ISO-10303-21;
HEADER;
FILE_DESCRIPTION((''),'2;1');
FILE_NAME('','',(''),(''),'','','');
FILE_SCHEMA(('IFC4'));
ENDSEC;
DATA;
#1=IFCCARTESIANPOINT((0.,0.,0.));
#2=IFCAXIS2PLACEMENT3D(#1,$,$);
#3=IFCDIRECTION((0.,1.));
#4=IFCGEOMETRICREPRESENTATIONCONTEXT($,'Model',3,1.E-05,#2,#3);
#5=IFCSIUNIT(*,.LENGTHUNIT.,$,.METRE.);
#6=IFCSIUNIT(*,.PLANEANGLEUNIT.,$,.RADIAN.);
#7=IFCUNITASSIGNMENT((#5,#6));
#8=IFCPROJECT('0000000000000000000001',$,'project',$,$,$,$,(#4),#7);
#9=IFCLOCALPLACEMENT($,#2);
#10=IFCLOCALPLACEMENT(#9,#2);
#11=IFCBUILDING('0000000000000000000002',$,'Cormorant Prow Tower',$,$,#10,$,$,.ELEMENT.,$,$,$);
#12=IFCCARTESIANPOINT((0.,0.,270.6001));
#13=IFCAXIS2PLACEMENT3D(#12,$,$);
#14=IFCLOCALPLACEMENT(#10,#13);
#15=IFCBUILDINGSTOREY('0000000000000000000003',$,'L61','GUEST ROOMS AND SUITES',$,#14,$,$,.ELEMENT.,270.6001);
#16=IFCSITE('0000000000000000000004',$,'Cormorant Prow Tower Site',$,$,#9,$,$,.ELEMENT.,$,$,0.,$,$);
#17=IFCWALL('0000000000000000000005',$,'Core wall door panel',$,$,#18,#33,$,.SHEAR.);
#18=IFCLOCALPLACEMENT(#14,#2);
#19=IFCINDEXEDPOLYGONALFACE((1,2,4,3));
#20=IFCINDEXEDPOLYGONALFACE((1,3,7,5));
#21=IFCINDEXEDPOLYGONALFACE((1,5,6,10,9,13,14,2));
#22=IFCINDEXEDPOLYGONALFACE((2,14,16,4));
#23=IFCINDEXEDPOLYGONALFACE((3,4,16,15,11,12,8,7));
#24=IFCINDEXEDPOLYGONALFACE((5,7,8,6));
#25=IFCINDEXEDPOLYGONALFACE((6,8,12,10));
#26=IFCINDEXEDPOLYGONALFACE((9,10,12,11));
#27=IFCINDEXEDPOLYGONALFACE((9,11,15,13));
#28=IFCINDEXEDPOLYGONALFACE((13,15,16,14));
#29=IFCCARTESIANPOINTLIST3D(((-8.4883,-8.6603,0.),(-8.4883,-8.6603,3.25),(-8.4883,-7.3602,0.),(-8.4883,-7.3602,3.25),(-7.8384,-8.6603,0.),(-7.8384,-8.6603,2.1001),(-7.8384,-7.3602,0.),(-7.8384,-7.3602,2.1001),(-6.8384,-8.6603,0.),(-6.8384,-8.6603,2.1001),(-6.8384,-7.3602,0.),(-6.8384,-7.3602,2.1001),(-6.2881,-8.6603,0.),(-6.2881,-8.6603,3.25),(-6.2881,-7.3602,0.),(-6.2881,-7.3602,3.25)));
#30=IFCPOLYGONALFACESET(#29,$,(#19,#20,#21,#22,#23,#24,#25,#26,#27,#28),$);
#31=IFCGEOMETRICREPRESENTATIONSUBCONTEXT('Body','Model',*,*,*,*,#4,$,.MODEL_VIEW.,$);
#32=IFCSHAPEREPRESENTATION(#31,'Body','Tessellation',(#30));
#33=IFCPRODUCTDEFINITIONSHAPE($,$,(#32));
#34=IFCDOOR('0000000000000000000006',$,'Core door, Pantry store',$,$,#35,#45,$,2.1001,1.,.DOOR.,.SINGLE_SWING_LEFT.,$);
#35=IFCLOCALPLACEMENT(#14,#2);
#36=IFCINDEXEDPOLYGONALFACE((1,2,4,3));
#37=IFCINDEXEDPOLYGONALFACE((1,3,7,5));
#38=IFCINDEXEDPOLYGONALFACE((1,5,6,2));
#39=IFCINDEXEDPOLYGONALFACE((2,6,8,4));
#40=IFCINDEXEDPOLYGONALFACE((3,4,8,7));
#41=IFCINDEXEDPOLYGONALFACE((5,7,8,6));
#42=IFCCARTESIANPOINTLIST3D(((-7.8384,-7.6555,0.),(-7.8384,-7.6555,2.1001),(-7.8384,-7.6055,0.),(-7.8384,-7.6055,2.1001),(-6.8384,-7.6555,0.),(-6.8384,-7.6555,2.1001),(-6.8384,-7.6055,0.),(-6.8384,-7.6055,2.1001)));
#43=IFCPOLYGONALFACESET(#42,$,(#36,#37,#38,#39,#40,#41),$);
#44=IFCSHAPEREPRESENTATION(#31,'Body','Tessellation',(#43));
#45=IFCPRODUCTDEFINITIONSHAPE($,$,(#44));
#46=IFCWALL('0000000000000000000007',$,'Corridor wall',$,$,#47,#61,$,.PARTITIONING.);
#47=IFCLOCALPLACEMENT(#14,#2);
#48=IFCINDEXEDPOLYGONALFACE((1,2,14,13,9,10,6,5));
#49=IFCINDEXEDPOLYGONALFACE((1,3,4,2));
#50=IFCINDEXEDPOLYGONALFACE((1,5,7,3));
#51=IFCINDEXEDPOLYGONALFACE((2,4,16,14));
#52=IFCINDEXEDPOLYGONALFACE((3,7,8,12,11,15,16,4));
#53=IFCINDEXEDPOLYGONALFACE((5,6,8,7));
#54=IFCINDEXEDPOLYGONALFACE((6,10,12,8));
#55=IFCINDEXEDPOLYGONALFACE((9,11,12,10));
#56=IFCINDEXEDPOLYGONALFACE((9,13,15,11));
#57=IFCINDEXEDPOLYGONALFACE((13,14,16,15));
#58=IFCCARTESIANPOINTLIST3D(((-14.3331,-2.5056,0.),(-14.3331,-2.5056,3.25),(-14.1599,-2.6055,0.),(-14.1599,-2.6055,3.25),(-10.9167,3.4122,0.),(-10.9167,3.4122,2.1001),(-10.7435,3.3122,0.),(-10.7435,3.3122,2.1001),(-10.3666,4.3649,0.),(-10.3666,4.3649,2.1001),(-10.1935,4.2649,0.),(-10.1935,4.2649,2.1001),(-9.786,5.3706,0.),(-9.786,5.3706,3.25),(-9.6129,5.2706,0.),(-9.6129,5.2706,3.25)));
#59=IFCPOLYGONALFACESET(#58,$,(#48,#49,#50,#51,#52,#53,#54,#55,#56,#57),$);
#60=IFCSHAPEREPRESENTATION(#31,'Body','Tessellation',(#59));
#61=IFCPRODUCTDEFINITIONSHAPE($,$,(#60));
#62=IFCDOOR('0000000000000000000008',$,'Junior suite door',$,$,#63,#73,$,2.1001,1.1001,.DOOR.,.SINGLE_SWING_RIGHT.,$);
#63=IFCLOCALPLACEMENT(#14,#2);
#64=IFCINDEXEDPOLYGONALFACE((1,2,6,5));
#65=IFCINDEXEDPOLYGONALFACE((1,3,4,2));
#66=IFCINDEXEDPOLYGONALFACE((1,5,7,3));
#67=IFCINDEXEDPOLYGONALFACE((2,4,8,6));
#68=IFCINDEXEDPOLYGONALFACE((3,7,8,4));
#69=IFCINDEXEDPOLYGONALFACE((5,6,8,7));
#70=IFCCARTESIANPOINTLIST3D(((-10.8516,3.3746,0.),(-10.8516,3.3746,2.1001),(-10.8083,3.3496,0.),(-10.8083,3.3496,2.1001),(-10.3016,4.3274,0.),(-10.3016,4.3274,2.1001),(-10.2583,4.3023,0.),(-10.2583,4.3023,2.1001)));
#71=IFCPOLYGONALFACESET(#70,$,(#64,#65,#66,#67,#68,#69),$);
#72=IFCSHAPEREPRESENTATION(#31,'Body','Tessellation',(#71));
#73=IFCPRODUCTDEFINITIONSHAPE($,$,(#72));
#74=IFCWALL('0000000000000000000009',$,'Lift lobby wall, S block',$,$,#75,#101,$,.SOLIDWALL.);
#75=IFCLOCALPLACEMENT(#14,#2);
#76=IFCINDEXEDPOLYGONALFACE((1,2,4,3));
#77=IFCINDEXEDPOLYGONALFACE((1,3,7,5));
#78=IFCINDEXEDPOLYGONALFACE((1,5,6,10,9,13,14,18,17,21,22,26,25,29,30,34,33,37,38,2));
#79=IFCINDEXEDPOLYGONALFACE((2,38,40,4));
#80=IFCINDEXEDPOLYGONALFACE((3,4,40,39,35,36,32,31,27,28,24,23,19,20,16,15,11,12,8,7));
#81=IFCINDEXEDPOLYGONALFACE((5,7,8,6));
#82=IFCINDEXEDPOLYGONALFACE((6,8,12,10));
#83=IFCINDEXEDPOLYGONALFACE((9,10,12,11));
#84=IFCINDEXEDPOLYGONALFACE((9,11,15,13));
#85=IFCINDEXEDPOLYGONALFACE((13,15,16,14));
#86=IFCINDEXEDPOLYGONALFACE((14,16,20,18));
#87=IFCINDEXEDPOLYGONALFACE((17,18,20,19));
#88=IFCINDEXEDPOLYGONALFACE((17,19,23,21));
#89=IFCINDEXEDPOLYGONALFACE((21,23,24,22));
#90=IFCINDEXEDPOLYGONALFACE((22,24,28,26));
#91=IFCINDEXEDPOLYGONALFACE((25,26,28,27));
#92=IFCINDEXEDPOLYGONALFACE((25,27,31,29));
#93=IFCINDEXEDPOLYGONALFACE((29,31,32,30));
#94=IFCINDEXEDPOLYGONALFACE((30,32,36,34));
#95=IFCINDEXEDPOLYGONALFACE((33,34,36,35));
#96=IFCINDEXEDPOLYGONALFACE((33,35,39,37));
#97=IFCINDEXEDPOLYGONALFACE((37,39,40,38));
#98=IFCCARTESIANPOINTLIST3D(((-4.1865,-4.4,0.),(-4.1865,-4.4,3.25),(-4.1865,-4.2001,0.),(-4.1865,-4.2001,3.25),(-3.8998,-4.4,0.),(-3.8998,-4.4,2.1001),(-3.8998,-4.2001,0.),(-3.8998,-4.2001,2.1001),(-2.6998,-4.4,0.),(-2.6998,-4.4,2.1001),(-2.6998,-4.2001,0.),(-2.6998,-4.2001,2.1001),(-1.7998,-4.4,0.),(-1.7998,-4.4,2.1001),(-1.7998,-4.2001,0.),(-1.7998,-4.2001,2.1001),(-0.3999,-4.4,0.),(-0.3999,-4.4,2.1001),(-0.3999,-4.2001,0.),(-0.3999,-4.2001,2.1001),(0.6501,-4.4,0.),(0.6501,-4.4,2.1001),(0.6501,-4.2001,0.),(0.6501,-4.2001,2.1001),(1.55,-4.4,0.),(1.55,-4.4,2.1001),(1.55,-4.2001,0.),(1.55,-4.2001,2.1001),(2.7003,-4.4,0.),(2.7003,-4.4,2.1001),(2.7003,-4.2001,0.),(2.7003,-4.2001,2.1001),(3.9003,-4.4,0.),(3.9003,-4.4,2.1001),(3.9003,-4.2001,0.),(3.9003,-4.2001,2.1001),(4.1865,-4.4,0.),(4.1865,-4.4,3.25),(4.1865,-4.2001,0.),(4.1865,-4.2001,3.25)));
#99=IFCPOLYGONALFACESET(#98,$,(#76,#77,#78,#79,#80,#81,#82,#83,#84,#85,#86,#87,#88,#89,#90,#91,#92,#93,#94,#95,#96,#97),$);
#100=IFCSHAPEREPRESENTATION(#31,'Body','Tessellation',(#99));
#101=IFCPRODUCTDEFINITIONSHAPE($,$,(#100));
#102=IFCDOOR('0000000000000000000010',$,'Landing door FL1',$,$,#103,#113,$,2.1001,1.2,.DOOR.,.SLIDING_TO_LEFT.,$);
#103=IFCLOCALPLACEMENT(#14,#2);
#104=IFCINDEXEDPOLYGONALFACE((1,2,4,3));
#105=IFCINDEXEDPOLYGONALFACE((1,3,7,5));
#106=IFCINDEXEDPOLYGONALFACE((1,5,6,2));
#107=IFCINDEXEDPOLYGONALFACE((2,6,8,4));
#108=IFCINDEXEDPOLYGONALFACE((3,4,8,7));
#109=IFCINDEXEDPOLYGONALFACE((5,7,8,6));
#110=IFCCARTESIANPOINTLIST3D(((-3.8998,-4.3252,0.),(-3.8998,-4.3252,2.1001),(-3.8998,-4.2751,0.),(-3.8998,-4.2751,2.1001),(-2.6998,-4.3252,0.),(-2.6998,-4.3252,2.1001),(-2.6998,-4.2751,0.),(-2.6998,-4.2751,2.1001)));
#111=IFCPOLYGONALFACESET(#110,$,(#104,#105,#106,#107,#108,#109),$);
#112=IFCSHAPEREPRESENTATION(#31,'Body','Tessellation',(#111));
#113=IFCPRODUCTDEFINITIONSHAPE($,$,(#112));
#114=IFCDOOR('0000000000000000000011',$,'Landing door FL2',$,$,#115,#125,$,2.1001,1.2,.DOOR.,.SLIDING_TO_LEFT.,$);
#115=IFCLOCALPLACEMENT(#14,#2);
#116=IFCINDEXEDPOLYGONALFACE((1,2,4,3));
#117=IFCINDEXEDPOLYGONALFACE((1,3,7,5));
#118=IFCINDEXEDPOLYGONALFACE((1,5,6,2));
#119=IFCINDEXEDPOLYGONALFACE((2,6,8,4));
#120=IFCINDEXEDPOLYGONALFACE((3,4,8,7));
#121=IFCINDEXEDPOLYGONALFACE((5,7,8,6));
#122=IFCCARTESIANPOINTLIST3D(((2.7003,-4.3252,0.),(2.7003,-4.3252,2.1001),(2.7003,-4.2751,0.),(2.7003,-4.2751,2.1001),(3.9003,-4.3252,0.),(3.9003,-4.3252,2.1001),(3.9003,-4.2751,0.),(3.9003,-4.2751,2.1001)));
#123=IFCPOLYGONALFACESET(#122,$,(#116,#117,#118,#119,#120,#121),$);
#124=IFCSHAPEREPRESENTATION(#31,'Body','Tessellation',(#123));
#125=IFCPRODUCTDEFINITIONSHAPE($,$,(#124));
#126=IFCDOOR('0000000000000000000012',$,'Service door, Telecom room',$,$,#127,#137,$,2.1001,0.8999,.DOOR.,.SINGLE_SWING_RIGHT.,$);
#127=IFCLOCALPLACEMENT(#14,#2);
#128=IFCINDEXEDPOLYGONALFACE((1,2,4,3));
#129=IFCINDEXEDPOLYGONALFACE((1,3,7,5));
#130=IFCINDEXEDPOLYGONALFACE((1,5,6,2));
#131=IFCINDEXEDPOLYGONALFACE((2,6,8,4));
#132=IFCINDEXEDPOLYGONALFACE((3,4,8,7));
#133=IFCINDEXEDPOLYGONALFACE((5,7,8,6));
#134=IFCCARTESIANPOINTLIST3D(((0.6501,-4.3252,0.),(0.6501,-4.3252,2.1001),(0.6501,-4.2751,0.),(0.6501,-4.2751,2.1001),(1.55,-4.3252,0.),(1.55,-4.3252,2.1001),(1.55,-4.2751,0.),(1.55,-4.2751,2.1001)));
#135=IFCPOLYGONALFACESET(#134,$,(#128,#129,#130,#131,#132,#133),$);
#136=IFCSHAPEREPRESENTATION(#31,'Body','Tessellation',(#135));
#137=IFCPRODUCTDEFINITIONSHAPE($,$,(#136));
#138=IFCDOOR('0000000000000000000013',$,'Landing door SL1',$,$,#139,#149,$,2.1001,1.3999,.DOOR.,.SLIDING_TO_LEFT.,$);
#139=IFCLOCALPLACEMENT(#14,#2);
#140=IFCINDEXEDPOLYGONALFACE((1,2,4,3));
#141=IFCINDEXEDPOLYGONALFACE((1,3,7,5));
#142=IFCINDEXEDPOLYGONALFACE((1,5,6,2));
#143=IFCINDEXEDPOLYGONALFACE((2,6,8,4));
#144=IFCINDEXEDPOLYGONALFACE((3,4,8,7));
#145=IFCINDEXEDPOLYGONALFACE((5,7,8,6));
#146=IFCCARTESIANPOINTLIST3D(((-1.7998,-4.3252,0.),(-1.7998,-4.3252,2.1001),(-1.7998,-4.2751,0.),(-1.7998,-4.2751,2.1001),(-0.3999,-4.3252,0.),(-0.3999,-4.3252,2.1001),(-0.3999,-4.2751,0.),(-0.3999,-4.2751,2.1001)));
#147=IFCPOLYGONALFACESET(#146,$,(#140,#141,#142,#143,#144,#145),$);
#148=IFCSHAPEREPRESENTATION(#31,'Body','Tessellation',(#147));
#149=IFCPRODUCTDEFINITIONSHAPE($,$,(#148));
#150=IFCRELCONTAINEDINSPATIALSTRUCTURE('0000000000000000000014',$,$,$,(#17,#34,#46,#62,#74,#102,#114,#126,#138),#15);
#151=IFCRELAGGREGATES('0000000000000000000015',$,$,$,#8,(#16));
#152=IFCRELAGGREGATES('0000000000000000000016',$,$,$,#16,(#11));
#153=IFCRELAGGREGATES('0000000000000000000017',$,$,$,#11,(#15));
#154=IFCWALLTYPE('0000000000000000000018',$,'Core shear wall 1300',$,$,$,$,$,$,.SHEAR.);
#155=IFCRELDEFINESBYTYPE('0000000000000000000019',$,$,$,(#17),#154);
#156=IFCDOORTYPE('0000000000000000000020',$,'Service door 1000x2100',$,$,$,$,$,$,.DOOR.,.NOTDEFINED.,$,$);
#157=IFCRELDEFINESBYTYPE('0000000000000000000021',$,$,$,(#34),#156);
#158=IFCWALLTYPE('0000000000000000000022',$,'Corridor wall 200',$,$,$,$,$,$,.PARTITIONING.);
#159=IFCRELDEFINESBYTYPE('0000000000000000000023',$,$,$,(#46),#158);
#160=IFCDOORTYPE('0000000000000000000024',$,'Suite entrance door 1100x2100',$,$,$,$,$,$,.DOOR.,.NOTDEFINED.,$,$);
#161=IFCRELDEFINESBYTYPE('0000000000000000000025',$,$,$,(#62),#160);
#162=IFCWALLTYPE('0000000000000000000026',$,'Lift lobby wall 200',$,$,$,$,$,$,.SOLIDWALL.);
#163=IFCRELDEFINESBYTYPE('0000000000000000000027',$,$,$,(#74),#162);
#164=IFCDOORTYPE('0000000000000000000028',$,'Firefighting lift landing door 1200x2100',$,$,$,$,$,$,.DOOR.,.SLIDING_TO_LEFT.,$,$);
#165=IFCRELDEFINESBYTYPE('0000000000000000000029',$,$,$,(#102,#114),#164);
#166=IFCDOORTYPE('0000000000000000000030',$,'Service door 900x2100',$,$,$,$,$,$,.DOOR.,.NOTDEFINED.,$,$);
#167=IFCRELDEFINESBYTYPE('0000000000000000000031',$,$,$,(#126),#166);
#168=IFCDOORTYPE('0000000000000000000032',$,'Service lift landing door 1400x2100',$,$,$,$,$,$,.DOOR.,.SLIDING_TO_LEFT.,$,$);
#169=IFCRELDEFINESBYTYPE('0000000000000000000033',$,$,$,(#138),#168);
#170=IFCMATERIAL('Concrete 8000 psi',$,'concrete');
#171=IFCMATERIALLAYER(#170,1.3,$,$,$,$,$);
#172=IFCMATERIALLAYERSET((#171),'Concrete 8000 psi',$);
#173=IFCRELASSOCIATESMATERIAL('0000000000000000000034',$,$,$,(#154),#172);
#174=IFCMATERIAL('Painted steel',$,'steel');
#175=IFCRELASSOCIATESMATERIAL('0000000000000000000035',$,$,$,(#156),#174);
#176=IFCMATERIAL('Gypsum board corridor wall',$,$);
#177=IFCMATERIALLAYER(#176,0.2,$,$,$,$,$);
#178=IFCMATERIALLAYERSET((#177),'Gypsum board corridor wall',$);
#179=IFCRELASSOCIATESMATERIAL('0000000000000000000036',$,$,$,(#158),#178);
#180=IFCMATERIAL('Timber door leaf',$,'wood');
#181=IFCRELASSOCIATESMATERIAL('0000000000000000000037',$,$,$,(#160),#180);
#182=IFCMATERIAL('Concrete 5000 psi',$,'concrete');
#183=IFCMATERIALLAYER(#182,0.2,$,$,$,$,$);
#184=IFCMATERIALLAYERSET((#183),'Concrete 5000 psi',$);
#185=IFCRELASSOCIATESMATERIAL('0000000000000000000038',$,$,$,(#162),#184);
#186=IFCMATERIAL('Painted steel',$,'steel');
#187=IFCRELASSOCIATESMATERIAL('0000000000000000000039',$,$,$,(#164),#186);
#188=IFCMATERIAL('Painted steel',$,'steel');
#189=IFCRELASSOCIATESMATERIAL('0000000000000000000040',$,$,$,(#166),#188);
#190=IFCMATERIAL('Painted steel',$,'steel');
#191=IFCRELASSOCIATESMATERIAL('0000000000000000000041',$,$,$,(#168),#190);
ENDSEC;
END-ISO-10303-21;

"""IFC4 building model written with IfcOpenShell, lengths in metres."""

from ifc_helpers import new_model, si_unit, direction, frame, frame_2d, origin, place, context, subcontext, project, spatial, rectangle, extrude, material, layer, layer_set, type_object, element, fill, save


model = new_model("IFC4")

# Units and contexts
model_context = context("Model", 3, precision=1e-05, world=origin(), true_north=direction((0.0, 1.0)))
body_context = subcontext(model_context, "Body", "Model", "MODEL_VIEW")
ifc_project = project(units=[si_unit("LENGTHUNIT", "METRE"), si_unit("PLANEANGLEUNIT", "RADIAN")], contexts=[model_context])

# Site, building, storey
site_placement = place(None, origin())
site = spatial("IfcSite", under=ifc_project, at=site_placement, Name="Cormorant Prow Tower Site", CompositionType="ELEMENT", RefElevation=0.0)
building_placement = place(site_placement, origin())
building = spatial("IfcBuilding", under=site, at=building_placement, Name="Cormorant Prow Tower", CompositionType="ELEMENT")
storey_placement = place(building_placement, frame((0.0, 0.0, 270.6001)))
storey = spatial("IfcBuildingStorey", under=building, at=storey_placement, Name="L61", Description="GUEST ROOMS AND SUITES", CompositionType="ELEMENT", Elevation=270.6001)

# Shared definitions
ifc_material_1 = material(Name="Concrete 8000 psi", Category="concrete")
ifc_layer_1 = layer(ifc_material_1, 1.3)
ifc_layer_set_1 = layer_set([ifc_layer_1], Name="Concrete 8000 psi")
wall_type_1 = type_object("IfcWallType", Name="Core shear wall 1300", PredefinedType="SHEAR", material=ifc_layer_set_1)

# Walls, openings, doors
wall_1_placement = place(storey_placement, frame((-8.4883, -8.0103, 0.0), z_axis=(0.0, 0.0, 1.0), x_axis=(1.0, 0.0, 0.0)))
wall_1 = element("IfcWall", 1, at=wall_1_placement, inside=storey, type_object=wall_type_1, Name="Core wall door panel", PredefinedType="SHEAR", context=body_context, shape_type="SweptSolid", body=[
    extrude(rectangle(XDim=2.2002, YDim=1.3, at=frame_2d((1.1001, 0.0))), origin(), (0.0, 0.0, 1.0), 3.25),
])
opening_1_placement = place(wall_1_placement, frame((0.6499, 0.0, 0.0)))
opening_1 = element("IfcOpeningElement", 2, at=opening_1_placement, cuts=wall_1, PredefinedType="OPENING", context=body_context, shape_type="SweptSolid", body=[
    extrude(rectangle(XDim=1.0, YDim=2.1001, at=frame_2d((0.5, 1.05))), frame((0.0, 0.6599, 0.0), z_axis=(0.0, -1.0, 0.0), x_axis=(1.0, 0.0, 0.0)), (0.0, 0.0, 1.0), 1.3201),
])
ifc_material_2 = material(Name="Painted steel", Category="steel")
door_type_1 = type_object("IfcDoorType", Name="Service door 1000x2100", OperationType="NOTDEFINED", PredefinedType="DOOR", material=ifc_material_2)
door_1_placement = place(opening_1_placement, origin())
door_1 = element("IfcDoor", 3, at=door_1_placement, inside=storey, type_object=door_type_1, Name="Core door, Pantry store", OperationType="SINGLE_SWING_LEFT", OverallHeight=2.1001, OverallWidth=1.0, PredefinedType="DOOR", context=body_context, shape_type="SweptSolid", body=[
    extrude(rectangle(XDim=1.0, YDim=2.1001, at=frame_2d((0.5, 1.05))), frame((0.0, 0.4048, 0.0), z_axis=(0.0, -1.0, 0.0), x_axis=(1.0, 0.0, 0.0)), (0.0, 0.0, 1.0), 0.05),
])
fill(opening_1, door_1)
ifc_material_3 = material(Name="Gypsum board corridor wall")
ifc_layer_2 = layer(ifc_material_3, 0.2)
ifc_layer_set_2 = layer_set([ifc_layer_2], Name="Gypsum board corridor wall")
wall_type_2 = type_object("IfcWallType", Name="Corridor wall 200", PredefinedType="PARTITIONING", material=ifc_layer_set_2)
wall_2_placement = place(storey_placement, frame((-14.2466, -2.5557, 0.0), z_axis=(0.0, 0.0, 1.0), x_axis=(0.499982, 0.866036, 0.0)))
wall_2 = element("IfcWall", 4, at=wall_2_placement, inside=storey, type_object=wall_type_2, Name="Corridor wall", PredefinedType="PARTITIONING", context=body_context, shape_type="SweptSolid", body=[
    extrude(rectangle(XDim=9.0945, YDim=0.2, at=frame_2d((4.5474, 0.0))), origin(), (0.0, 0.0, 1.0), 3.25),
])
opening_2_placement = place(wall_2_placement, frame((6.8333, 0.0, 0.0)))
opening_2 = element("IfcOpeningElement", 5, at=opening_2_placement, cuts=wall_2, PredefinedType="OPENING", context=body_context, shape_type="SweptSolid", body=[
    extrude(rectangle(XDim=1.1001, YDim=2.1001, at=frame_2d((0.55, 1.05))), frame((0.0, 0.1099, 0.0), z_axis=(0.0, -1.0, 0.0), x_axis=(1.0, 0.0, 0.0)), (0.0, 0.0, 1.0), 0.22),
])
ifc_material_4 = material(Name="Timber door leaf", Category="wood")
door_type_2 = type_object("IfcDoorType", Name="Suite entrance door 1100x2100", OperationType="NOTDEFINED", PredefinedType="DOOR", material=ifc_material_4)
door_2_placement = place(opening_2_placement, origin())
door_2 = element("IfcDoor", 6, at=door_2_placement, inside=storey, type_object=door_type_2, Name="Junior suite door", OperationType="SINGLE_SWING_RIGHT", OverallHeight=2.1001, OverallWidth=1.1001, PredefinedType="DOOR", context=body_context, shape_type="SweptSolid", body=[
    extrude(rectangle(XDim=1.1001, YDim=2.1001, at=frame_2d((0.55, 1.05))), frame((0.0, 0.0249, 0.0), z_axis=(0.0, -1.0, 0.0), x_axis=(1.0, 0.0, 0.0)), (0.0, 0.0, 1.0), 0.05),
])
fill(opening_2, door_2)

# Wall, openings, doors
ifc_material_5 = material(Name="Concrete 5000 psi", Category="concrete")
ifc_layer_3 = layer(ifc_material_5, 0.2)
ifc_layer_set_3 = layer_set([ifc_layer_3], Name="Concrete 5000 psi")
wall_type_3 = type_object("IfcWallType", Name="Lift lobby wall 200", PredefinedType="SOLIDWALL", material=ifc_layer_set_3)
wall_3_placement = place(storey_placement, frame((-4.1865, -4.3, 0.0), z_axis=(0.0, 0.0, 1.0), x_axis=(1.0, 0.0, 0.0)))
wall_3 = element("IfcWall", 7, at=wall_3_placement, inside=storey, type_object=wall_type_3, Name="Lift lobby wall, S block", PredefinedType="SOLIDWALL", context=body_context, shape_type="SweptSolid", body=[
    extrude(rectangle(XDim=8.373, YDim=0.2, at=frame_2d((4.1865, 0.0))), origin(), (0.0, 0.0, 1.0), 3.25),
])
opening_3_placement = place(wall_3_placement, frame((0.2866, 0.0, 0.0)))
opening_3 = element("IfcOpeningElement", 8, at=opening_3_placement, cuts=wall_3, PredefinedType="OPENING", context=body_context, shape_type="SweptSolid", body=[
    extrude(rectangle(XDim=1.2, YDim=2.1001, at=frame_2d((0.6001, 1.05))), frame((0.0, 0.1099, 0.0), z_axis=(0.0, -1.0, 0.0), x_axis=(1.0, 0.0, 0.0)), (0.0, 0.0, 1.0), 0.22),
])
opening_4_placement = place(wall_3_placement, frame((2.3867, 0.0, 0.0)))
opening_4 = element("IfcOpeningElement", 9, at=opening_4_placement, cuts=wall_3, PredefinedType="OPENING", context=body_context, shape_type="SweptSolid", body=[
    extrude(rectangle(XDim=1.3999, YDim=2.1001, at=frame_2d((0.7, 1.05))), frame((0.0, 0.1099, 0.0), z_axis=(0.0, -1.0, 0.0), x_axis=(1.0, 0.0, 0.0)), (0.0, 0.0, 1.0), 0.22),
])
opening_5_placement = place(wall_3_placement, frame((4.8367, 0.0, 0.0)))
opening_5 = element("IfcOpeningElement", 10, at=opening_5_placement, cuts=wall_3, PredefinedType="OPENING", context=body_context, shape_type="SweptSolid", body=[
    extrude(rectangle(XDim=0.8999, YDim=2.1001, at=frame_2d((0.45, 1.05))), frame((0.0, 0.1099, 0.0), z_axis=(0.0, -1.0, 0.0), x_axis=(1.0, 0.0, 0.0)), (0.0, 0.0, 1.0), 0.22),
])
opening_6_placement = place(wall_3_placement, frame((6.8867, 0.0, 0.0)))
opening_6 = element("IfcOpeningElement", 11, at=opening_6_placement, cuts=wall_3, PredefinedType="OPENING", context=body_context, shape_type="SweptSolid", body=[
    extrude(rectangle(XDim=1.2, YDim=2.1001, at=frame_2d((0.6001, 1.05))), frame((0.0, 0.1099, 0.0), z_axis=(0.0, -1.0, 0.0), x_axis=(1.0, 0.0, 0.0)), (0.0, 0.0, 1.0), 0.22),
])
ifc_material_6 = material(Name="Painted steel", Category="steel")
door_type_3 = type_object("IfcDoorType", Name="Firefighting lift landing door 1200x2100", OperationType="SLIDING_TO_LEFT", PredefinedType="DOOR", material=ifc_material_6)
door_3_placement = place(opening_3_placement, origin())
door_3 = element("IfcDoor", 12, at=door_3_placement, inside=storey, type_object=door_type_3, Name="Landing door FL1", OperationType="SLIDING_TO_LEFT", OverallHeight=2.1001, OverallWidth=1.2, PredefinedType="DOOR", context=body_context, shape_type="SweptSolid", body=[
    extrude(rectangle(XDim=1.2, YDim=2.1001, at=frame_2d((0.6001, 1.05))), frame((0.0, 0.0249, 0.0), z_axis=(0.0, -1.0, 0.0), x_axis=(1.0, 0.0, 0.0)), (0.0, 0.0, 1.0), 0.05),
])
fill(opening_3, door_3)
door_4_placement = place(opening_6_placement, origin())
door_4 = element("IfcDoor", 13, at=door_4_placement, inside=storey, type_object=door_type_3, Name="Landing door FL2", OperationType="SLIDING_TO_LEFT", OverallHeight=2.1001, OverallWidth=1.2, PredefinedType="DOOR", context=body_context, shape_type="SweptSolid", body=[
    extrude(rectangle(XDim=1.2, YDim=2.1001, at=frame_2d((0.6001, 1.05))), frame((0.0, 0.0249, 0.0), z_axis=(0.0, -1.0, 0.0), x_axis=(1.0, 0.0, 0.0)), (0.0, 0.0, 1.0), 0.05),
])
fill(opening_6, door_4)
ifc_material_7 = material(Name="Painted steel", Category="steel")
door_type_4 = type_object("IfcDoorType", Name="Service door 900x2100", OperationType="NOTDEFINED", PredefinedType="DOOR", material=ifc_material_7)
door_5_placement = place(opening_5_placement, origin())
door_5 = element("IfcDoor", 14, at=door_5_placement, inside=storey, type_object=door_type_4, Name="Service door, Telecom room", OperationType="SINGLE_SWING_RIGHT", OverallHeight=2.1001, OverallWidth=0.8999, PredefinedType="DOOR", context=body_context, shape_type="SweptSolid", body=[
    extrude(rectangle(XDim=0.8999, YDim=2.1001, at=frame_2d((0.45, 1.05))), frame((0.0, 0.0249, 0.0), z_axis=(0.0, -1.0, 0.0), x_axis=(1.0, 0.0, 0.0)), (0.0, 0.0, 1.0), 0.05),
])
fill(opening_5, door_5)
ifc_material_8 = material(Name="Painted steel", Category="steel")
door_type_5 = type_object("IfcDoorType", Name="Service lift landing door 1400x2100", OperationType="SLIDING_TO_LEFT", PredefinedType="DOOR", material=ifc_material_8)
door_6_placement = place(opening_4_placement, origin())
door_6 = element("IfcDoor", 15, at=door_6_placement, inside=storey, type_object=door_type_5, Name="Landing door SL1", OperationType="SLIDING_TO_LEFT", OverallHeight=2.1001, OverallWidth=1.3999, PredefinedType="DOOR", context=body_context, shape_type="SweptSolid", body=[
    extrude(rectangle(XDim=1.3999, YDim=2.1001, at=frame_2d((0.7, 1.05))), frame((0.0, 0.0249, 0.0), z_axis=(0.0, -1.0, 0.0), x_axis=(1.0, 0.0, 0.0)), (0.0, 0.0, 1.0), 0.05),
])
fill(opening_4, door_6)

save(model, "model.ifc")
